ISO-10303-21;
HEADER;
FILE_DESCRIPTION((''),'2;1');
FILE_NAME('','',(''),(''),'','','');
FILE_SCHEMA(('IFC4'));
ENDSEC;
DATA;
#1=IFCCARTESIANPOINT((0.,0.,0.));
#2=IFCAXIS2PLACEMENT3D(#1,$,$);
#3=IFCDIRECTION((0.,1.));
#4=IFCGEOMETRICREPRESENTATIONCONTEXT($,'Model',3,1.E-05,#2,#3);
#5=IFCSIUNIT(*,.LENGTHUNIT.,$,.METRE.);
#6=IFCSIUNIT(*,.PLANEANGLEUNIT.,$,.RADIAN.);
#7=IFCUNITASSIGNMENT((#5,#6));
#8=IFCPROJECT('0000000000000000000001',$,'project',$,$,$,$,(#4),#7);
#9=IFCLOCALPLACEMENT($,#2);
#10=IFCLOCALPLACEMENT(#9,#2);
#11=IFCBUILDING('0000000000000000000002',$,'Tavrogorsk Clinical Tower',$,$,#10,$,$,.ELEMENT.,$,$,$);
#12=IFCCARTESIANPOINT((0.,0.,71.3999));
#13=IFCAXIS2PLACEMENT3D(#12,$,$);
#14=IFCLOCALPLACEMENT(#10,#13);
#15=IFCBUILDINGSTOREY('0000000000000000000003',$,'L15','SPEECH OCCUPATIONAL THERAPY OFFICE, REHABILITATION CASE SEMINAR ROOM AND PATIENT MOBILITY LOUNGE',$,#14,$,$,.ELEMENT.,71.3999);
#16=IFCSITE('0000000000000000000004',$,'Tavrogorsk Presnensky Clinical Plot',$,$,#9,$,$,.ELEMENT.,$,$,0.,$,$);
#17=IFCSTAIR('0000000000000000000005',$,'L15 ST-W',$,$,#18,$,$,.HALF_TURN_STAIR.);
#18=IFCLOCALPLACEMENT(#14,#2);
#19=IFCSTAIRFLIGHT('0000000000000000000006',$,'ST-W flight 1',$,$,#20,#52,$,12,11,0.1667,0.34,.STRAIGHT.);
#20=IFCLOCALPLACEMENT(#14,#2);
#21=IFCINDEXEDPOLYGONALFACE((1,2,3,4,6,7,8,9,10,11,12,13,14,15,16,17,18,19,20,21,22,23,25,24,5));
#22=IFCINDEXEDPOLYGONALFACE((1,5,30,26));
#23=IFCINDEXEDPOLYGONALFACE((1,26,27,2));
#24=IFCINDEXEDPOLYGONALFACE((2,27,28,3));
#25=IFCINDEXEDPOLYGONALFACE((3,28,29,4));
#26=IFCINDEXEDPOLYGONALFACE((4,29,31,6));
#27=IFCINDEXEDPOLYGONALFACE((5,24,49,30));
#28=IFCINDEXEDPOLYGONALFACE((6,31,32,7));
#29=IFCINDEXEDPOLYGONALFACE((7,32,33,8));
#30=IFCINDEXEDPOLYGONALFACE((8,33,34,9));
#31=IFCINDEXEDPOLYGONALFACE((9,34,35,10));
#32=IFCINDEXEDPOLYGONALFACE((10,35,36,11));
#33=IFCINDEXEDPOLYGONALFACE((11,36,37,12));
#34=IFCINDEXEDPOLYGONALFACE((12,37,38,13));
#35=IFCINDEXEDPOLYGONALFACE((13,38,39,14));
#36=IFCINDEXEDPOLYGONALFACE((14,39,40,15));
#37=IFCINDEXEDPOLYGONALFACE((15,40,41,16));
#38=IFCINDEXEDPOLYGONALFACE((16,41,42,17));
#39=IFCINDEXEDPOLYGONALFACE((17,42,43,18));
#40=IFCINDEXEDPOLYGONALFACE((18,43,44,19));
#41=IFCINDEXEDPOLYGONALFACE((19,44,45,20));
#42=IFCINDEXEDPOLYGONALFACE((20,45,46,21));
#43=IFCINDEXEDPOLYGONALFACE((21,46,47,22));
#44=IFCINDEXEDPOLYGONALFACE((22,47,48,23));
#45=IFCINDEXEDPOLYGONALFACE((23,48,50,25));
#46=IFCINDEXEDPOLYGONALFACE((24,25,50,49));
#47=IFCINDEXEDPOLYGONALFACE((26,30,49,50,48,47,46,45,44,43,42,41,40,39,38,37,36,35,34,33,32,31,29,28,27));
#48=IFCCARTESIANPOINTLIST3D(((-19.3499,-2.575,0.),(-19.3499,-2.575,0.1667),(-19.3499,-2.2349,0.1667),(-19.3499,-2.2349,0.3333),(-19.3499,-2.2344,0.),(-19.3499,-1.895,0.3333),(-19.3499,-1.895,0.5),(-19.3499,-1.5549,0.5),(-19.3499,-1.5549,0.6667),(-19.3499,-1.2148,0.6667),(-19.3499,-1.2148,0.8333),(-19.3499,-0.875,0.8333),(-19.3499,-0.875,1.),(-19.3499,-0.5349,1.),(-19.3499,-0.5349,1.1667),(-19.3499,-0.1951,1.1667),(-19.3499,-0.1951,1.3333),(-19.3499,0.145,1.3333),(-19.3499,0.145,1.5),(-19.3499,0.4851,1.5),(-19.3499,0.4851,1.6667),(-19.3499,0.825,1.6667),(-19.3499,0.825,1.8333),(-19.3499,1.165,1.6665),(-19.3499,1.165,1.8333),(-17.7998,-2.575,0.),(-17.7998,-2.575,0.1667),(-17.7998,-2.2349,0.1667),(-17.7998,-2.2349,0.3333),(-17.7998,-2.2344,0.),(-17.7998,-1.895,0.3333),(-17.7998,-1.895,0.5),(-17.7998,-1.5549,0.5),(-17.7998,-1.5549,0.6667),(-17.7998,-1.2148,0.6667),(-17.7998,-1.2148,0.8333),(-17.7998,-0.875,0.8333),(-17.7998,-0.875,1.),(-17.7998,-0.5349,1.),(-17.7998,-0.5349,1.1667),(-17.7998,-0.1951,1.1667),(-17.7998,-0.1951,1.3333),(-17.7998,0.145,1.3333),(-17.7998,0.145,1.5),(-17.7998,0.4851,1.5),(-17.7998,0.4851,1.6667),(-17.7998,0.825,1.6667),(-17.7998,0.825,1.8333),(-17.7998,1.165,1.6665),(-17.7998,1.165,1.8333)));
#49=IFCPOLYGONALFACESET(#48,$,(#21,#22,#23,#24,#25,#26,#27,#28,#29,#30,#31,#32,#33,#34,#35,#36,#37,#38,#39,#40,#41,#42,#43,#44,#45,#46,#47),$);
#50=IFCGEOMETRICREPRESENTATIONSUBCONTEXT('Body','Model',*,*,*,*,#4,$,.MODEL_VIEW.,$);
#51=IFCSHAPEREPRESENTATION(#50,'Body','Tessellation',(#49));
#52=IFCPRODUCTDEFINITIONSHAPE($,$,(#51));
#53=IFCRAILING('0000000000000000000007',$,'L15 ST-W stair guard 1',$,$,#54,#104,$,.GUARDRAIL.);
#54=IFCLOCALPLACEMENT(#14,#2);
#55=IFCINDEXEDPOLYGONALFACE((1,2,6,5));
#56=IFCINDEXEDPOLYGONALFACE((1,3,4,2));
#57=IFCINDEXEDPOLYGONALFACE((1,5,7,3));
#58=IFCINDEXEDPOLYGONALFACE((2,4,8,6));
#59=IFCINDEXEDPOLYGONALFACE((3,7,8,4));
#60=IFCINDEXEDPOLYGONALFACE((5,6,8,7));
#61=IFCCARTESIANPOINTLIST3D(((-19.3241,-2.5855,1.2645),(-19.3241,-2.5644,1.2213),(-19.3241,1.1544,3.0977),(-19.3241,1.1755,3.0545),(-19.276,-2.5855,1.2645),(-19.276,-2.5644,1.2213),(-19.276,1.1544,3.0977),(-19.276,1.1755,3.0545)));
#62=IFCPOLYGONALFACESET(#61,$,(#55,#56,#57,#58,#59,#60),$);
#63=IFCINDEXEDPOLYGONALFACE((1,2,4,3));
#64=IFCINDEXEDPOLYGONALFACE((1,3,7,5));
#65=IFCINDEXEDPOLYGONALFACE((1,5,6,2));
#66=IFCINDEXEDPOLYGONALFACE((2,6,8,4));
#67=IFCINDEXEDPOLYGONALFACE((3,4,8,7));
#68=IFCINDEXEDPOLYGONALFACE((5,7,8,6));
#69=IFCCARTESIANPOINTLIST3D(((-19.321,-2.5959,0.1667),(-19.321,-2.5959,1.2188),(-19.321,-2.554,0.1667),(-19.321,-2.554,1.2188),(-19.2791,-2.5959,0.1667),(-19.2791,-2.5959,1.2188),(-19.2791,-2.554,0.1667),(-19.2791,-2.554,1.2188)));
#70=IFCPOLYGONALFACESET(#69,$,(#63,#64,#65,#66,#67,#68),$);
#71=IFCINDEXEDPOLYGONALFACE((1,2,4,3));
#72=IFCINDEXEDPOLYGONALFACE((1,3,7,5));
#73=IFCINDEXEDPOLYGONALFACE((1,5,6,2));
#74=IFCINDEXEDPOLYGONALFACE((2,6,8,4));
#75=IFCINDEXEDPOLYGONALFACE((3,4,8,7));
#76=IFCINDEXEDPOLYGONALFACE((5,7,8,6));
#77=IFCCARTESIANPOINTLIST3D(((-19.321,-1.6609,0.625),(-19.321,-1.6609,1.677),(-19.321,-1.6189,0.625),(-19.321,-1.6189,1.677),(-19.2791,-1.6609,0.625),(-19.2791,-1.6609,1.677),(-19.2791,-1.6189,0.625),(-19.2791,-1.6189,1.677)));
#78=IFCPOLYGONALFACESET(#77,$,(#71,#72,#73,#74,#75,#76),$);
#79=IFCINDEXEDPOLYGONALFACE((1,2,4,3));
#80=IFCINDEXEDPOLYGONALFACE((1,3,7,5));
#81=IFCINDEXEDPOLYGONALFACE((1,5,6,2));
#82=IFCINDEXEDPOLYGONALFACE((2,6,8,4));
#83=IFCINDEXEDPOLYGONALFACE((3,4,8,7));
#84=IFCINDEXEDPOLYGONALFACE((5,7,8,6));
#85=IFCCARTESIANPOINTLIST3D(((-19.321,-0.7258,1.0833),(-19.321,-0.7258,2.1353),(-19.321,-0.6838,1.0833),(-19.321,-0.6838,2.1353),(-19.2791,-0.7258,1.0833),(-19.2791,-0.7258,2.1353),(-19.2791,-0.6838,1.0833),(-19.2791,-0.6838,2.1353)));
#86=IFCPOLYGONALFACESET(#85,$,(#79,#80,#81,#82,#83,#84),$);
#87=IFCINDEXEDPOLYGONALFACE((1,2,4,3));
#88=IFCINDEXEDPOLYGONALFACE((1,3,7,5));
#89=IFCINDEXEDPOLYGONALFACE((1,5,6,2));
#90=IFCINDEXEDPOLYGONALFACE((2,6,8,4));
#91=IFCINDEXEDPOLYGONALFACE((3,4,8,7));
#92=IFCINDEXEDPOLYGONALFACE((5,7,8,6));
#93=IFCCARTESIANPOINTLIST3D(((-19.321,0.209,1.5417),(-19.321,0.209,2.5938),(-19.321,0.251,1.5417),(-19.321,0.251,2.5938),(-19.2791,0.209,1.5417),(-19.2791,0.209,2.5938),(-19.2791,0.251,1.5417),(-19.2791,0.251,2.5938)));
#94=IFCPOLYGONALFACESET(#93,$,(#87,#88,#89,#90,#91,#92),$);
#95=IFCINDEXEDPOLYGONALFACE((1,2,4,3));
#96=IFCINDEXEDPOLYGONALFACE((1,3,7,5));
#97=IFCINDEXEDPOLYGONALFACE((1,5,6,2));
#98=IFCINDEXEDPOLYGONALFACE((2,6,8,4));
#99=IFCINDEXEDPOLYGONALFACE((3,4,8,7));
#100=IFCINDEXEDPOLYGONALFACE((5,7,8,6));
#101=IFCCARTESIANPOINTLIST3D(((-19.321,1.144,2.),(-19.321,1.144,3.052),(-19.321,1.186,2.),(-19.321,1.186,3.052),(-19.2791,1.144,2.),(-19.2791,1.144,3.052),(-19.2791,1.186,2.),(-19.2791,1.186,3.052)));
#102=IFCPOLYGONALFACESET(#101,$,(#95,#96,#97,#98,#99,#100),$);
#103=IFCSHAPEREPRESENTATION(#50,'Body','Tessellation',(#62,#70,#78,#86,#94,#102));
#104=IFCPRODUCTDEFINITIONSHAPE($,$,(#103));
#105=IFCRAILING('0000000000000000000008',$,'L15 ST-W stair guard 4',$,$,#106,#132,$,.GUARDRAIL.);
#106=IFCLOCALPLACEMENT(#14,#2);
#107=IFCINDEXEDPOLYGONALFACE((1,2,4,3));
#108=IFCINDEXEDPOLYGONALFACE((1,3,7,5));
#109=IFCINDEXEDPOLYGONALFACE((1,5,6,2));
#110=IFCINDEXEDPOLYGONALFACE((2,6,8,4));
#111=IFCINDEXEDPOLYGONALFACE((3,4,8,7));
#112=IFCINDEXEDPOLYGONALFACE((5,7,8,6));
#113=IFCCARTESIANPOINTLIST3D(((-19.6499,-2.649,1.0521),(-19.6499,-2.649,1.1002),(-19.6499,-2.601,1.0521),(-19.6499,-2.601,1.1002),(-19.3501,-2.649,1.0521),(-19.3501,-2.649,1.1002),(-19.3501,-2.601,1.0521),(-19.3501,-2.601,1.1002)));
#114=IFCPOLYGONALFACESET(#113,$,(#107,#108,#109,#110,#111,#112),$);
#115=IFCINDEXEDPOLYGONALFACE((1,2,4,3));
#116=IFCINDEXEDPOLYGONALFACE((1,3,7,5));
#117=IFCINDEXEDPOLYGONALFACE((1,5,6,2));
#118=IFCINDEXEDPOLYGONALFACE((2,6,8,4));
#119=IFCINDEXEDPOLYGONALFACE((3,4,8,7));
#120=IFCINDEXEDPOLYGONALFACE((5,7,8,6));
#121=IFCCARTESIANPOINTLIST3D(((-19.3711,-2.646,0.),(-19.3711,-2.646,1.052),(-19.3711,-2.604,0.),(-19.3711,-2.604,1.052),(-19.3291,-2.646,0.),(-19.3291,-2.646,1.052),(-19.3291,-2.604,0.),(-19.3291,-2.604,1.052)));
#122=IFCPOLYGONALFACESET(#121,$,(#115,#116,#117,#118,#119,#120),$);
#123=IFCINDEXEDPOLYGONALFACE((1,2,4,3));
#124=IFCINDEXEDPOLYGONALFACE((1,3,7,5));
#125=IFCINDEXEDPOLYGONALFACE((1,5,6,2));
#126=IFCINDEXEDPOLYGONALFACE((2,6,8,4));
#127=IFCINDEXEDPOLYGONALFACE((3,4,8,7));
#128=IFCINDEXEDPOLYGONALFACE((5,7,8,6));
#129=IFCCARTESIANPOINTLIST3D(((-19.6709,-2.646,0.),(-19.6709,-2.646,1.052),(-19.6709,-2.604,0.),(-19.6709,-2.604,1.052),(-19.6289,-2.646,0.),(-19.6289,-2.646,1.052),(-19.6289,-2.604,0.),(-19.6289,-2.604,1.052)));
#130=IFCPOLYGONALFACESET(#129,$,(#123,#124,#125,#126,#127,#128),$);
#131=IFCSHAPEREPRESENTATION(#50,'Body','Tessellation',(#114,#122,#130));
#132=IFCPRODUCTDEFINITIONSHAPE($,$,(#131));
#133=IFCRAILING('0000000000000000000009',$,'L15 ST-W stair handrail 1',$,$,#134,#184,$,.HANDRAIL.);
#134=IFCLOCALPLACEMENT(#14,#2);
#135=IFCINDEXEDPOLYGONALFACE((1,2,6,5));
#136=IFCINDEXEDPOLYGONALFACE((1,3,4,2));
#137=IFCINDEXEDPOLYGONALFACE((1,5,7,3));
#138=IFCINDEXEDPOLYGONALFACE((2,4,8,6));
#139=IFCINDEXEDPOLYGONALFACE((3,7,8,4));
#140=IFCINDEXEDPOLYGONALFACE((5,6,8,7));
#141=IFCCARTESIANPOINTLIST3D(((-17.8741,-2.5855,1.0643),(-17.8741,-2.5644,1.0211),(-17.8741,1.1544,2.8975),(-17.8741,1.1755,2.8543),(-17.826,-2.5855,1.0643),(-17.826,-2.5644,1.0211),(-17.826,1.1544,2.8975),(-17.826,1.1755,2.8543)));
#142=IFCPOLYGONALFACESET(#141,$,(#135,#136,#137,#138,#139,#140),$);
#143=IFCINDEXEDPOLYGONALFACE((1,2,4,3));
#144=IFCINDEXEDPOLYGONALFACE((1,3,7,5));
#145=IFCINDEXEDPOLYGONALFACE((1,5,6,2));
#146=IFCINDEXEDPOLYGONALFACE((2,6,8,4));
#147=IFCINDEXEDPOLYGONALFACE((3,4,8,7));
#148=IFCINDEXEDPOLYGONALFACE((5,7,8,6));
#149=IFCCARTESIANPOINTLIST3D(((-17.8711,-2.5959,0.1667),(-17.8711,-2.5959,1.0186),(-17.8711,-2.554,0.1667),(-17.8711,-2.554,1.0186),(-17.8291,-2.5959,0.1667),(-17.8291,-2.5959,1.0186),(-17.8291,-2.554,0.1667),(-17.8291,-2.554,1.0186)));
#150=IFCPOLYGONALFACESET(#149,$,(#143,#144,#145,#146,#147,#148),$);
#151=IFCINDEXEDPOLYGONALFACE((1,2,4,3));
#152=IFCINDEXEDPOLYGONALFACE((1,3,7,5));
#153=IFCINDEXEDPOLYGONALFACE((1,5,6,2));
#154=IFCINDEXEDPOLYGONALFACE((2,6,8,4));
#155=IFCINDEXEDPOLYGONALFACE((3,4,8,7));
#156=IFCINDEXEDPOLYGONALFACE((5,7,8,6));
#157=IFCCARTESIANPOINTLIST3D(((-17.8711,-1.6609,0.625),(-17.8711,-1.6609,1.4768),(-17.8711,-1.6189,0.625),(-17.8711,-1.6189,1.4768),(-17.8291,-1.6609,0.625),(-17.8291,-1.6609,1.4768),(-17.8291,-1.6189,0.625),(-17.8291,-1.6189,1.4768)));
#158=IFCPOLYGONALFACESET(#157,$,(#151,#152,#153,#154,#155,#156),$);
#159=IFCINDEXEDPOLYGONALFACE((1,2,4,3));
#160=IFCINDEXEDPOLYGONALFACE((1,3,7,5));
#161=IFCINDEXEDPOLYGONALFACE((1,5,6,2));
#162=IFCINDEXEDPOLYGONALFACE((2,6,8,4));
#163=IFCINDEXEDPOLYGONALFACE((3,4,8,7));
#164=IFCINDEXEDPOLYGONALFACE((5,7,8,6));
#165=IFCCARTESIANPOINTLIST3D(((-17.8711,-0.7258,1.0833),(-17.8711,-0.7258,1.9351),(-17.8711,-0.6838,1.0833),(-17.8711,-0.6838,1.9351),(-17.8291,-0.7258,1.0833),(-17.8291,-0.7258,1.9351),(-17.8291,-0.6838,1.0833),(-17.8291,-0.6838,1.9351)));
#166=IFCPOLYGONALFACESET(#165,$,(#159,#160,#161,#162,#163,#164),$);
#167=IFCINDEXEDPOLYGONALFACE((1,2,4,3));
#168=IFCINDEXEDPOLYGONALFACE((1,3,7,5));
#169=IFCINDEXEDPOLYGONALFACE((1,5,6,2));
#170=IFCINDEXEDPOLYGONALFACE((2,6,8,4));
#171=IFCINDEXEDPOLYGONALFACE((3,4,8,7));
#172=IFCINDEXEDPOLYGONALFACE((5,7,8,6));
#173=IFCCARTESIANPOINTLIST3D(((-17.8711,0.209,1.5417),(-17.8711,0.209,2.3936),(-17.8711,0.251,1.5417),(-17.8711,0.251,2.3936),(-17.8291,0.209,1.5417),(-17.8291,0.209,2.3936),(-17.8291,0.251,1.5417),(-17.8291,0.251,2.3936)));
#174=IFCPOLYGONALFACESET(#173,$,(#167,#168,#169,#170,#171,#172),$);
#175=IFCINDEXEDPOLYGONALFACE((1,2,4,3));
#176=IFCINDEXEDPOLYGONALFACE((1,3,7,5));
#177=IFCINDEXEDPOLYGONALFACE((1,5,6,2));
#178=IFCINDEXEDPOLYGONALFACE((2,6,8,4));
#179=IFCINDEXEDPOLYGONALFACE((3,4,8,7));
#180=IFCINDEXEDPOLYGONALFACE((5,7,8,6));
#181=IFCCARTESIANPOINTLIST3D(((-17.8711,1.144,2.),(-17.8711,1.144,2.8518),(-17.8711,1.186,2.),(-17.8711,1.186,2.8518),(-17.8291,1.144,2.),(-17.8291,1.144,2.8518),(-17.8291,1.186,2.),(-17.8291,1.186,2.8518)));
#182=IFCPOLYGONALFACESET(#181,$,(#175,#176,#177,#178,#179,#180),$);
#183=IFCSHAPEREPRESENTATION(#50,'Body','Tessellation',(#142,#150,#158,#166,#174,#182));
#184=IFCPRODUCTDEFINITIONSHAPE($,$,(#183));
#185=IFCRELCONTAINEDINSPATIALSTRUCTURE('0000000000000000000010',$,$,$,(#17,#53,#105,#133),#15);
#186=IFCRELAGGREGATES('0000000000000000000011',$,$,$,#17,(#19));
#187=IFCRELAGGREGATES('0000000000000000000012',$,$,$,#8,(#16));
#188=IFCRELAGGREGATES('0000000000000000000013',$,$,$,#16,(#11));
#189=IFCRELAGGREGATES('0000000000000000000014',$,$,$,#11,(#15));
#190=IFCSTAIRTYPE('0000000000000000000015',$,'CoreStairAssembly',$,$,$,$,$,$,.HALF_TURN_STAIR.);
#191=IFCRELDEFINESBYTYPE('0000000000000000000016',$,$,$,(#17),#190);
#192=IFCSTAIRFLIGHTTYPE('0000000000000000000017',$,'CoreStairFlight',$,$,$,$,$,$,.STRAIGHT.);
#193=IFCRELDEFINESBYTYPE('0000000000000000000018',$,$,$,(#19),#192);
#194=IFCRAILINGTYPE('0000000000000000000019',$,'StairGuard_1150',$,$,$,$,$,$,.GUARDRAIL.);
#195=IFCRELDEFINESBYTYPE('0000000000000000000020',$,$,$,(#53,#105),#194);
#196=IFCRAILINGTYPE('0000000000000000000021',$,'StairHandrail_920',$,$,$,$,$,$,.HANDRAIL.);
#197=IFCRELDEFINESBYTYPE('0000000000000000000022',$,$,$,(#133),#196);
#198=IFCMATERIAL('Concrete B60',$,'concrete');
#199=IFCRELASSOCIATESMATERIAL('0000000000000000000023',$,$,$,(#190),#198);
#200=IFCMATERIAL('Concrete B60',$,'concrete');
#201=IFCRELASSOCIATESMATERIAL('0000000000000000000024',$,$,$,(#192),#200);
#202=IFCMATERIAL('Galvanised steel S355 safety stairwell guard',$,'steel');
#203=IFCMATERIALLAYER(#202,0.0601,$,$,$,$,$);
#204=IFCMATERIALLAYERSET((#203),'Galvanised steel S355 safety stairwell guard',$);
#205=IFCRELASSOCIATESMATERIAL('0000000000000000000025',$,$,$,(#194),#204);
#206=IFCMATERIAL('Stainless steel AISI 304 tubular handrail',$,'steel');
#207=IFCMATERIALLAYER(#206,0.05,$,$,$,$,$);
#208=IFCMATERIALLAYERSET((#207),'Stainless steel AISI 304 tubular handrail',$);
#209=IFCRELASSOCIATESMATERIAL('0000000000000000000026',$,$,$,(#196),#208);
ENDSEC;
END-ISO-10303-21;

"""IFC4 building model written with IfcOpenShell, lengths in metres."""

from ifc_helpers import new_model, si_unit, direction, frame, origin, origin_2d, place, context, subcontext, project, spatial, polyline, rectangle, outline, extrude, material, layer, layer_set, type_object, element, aggregate, save


model = new_model("IFC4")

# Units and contexts
model_context = context("Model", 3, precision=1e-05, world=origin(), true_north=direction((0.0, 1.0)))
body_context = subcontext(model_context, "Body", "Model", "MODEL_VIEW")
ifc_project = project(units=[si_unit("LENGTHUNIT", "METRE"), si_unit("PLANEANGLEUNIT", "RADIAN")], contexts=[model_context])

# Site, building, storey
site_placement = place(None, origin())
site = spatial("IfcSite", under=ifc_project, at=site_placement, Name="Tavrogorsk Presnensky Clinical Plot", CompositionType="ELEMENT", RefElevation=0.0)
building_placement = place(site_placement, origin())
building = spatial("IfcBuilding", under=site, at=building_placement, Name="Tavrogorsk Clinical Tower", CompositionType="ELEMENT")
storey_placement = place(building_placement, frame((0.0, 0.0, 71.3999)))
storey = spatial("IfcBuildingStorey", under=building, at=storey_placement, Name="L15", Description="SPEECH OCCUPATIONAL THERAPY OFFICE, REHABILITATION CASE SEMINAR ROOM AND PATIENT MOBILITY LOUNGE", CompositionType="ELEMENT", Elevation=71.3999)

# Stair, stair flight
ifc_material_1 = material(Name="Concrete B60", Category="concrete")
stair_type = type_object("IfcStairType", Name="CoreStairAssembly", PredefinedType="HALF_TURN_STAIR", material=ifc_material_1)
stair_placement = place(storey_placement, origin())
stair = element("IfcStair", 1, at=stair_placement, inside=storey, type_object=stair_type, Name="L15 ST-W", PredefinedType="HALF_TURN_STAIR")
ifc_material_2 = material(Name="Concrete B60", Category="concrete")
stair_flight_type = type_object("IfcStairFlightType", Name="CoreStairFlight", PredefinedType="STRAIGHT", material=ifc_material_2)
stair_flight_placement = place(storey_placement, frame((-18.575, -2.575, 0.0), z_axis=(0.0, 0.0, 1.0), x_axis=(0.0, 1.0, 0.0)))
stair_flight = element("IfcStairFlight", 2, at=stair_flight_placement, type_object=stair_flight_type, Name="ST-W flight 1", NumberOfRisers=12, NumberOfTreads=11, PredefinedType="STRAIGHT", RiserHeight=0.1667, TreadLength=0.34, context=body_context, shape_type="SweptSolid", body=[
    extrude(outline(polyline([(0.0, 0.0), (0.0, 0.1667), (0.3401, 0.1667), (0.3401, 0.3333), (0.6799, 0.3333), (0.6799, 0.5), (1.02, 0.5), (1.02, 0.6667), (1.3601, 0.6667), (1.3601, 0.8333), (1.7, 0.8333), (1.7, 1.0), (2.04, 1.0), (2.04, 1.1667), (2.3799, 1.1667), (2.3799, 1.3333), (2.72, 1.3333), (2.72, 1.5), (3.0601, 1.5), (3.0601, 1.6667), (3.3999, 1.6667), (3.3999, 1.8333), (3.74, 1.8333), (3.74, 2.0), (3.74, 1.6665), (0.3406, 0.0), (0.0, 0.0)])), frame((0.0, 0.7749, 0.0), z_axis=(0.0, -1.0, 0.0), x_axis=(1.0, 0.0, 0.0)), (0.0, 0.0, 1.0), 1.55),
])
aggregate(stair, [stair_flight])

# Railings
ifc_material_3 = material(Name="Galvanised steel S355 safety stairwell guard", Category="steel")
ifc_layer_1 = layer(ifc_material_3, 0.0601)
ifc_layer_set_1 = layer_set([ifc_layer_1], Name="Galvanised steel S355 safety stairwell guard")
railing_type_1 = type_object("IfcRailingType", Name="StairGuard_1150", PredefinedType="GUARDRAIL", material=ifc_layer_set_1)
railing_1_placement = place(storey_placement, frame((-19.3, -2.575, 0.1667)))
element("IfcRailing", 3, at=railing_1_placement, inside=storey, type_object=railing_type_1, Name="L15 ST-W stair guard 1", PredefinedType="GUARDRAIL", context=body_context, shape_type="SweptSolid", body=[
    extrude(rectangle(XDim=0.0481, YDim=0.0481, at=origin_2d()), frame((0.0, 0.0, 1.0762), z_axis=(0.0, 0.897928, 0.440142), x_axis=(-1.0, 0.0, 0.0)), (0.0, 0.0, 1.0), 4.165),
    extrude(rectangle(XDim=0.042, YDim=0.042, at=origin_2d()), origin(), (0.0, 0.0, 1.0), 1.052),
    extrude(rectangle(XDim=0.042, YDim=0.042, at=origin_2d()), frame((0.0, 0.9351, 0.4583)), (0.0, 0.0, 1.0), 1.052),
    extrude(rectangle(XDim=0.042, YDim=0.042, at=origin_2d()), frame((0.0, 1.8701, 0.9165)), (0.0, 0.0, 1.0), 1.052),
    extrude(rectangle(XDim=0.042, YDim=0.042, at=origin_2d()), frame((0.0, 2.8049, 1.375)), (0.0, 0.0, 1.0), 1.052),
    extrude(rectangle(XDim=0.042, YDim=0.042, at=origin_2d()), frame((0.0, 3.74, 1.8333)), (0.0, 0.0, 1.0), 1.052),
])
railing_2_placement = place(storey_placement, frame((-19.3501, -2.625, 0.0)))
element("IfcRailing", 4, at=railing_2_placement, inside=storey, type_object=railing_type_1, Name="L15 ST-W stair guard 4", PredefinedType="GUARDRAIL", context=body_context, shape_type="SweptSolid", body=[
    extrude(rectangle(XDim=0.0481, YDim=0.0481, at=origin_2d()), frame((0.0, 0.0, 1.0762), z_axis=(-1.0, 0.0, 0.0), x_axis=(0.0, -1.0, 0.0)), (0.0, 0.0, 1.0), 0.2998),
    extrude(rectangle(XDim=0.042, YDim=0.042, at=origin_2d()), origin(), (0.0, 0.0, 1.0), 1.052),
    extrude(rectangle(XDim=0.042, YDim=0.042, at=origin_2d()), frame((-0.2998, 0.0, 0.0)), (0.0, 0.0, 1.0), 1.052),
])
ifc_material_4 = material(Name="Stainless steel AISI 304 tubular handrail", Category="steel")
ifc_layer_2 = layer(ifc_material_4, 0.05)
ifc_layer_set_2 = layer_set([ifc_layer_2], Name="Stainless steel AISI 304 tubular handrail")
railing_type_2 = type_object("IfcRailingType", Name="StairHandrail_920", PredefinedType="HANDRAIL", material=ifc_layer_set_2)
railing_3_placement = place(storey_placement, frame((-17.8501, -2.575, 0.1667)))
element("IfcRailing", 5, at=railing_3_placement, inside=storey, type_object=railing_type_2, Name="L15 ST-W stair handrail 1", PredefinedType="HANDRAIL", context=body_context, shape_type="SweptSolid", body=[
    extrude(rectangle(XDim=0.0481, YDim=0.0481, at=origin_2d()), frame((0.0, 0.0, 0.876), z_axis=(0.0, 0.897928, 0.440142), x_axis=(-1.0, 0.0, 0.0)), (0.0, 0.0, 1.0), 4.165),
    extrude(rectangle(XDim=0.042, YDim=0.042, at=origin_2d()), origin(), (0.0, 0.0, 1.0), 0.8518),
    extrude(rectangle(XDim=0.042, YDim=0.042, at=origin_2d()), frame((0.0, 0.9351, 0.4583)), (0.0, 0.0, 1.0), 0.8518),
    extrude(rectangle(XDim=0.042, YDim=0.042, at=origin_2d()), frame((0.0, 1.8701, 0.9165)), (0.0, 0.0, 1.0), 0.8518),
    extrude(rectangle(XDim=0.042, YDim=0.042, at=origin_2d()), frame((0.0, 2.8049, 1.375)), (0.0, 0.0, 1.0), 0.8518),
    extrude(rectangle(XDim=0.042, YDim=0.042, at=origin_2d()), frame((0.0, 3.74, 1.8333)), (0.0, 0.0, 1.0), 0.8518),
])

save(model, "model.ifc")
